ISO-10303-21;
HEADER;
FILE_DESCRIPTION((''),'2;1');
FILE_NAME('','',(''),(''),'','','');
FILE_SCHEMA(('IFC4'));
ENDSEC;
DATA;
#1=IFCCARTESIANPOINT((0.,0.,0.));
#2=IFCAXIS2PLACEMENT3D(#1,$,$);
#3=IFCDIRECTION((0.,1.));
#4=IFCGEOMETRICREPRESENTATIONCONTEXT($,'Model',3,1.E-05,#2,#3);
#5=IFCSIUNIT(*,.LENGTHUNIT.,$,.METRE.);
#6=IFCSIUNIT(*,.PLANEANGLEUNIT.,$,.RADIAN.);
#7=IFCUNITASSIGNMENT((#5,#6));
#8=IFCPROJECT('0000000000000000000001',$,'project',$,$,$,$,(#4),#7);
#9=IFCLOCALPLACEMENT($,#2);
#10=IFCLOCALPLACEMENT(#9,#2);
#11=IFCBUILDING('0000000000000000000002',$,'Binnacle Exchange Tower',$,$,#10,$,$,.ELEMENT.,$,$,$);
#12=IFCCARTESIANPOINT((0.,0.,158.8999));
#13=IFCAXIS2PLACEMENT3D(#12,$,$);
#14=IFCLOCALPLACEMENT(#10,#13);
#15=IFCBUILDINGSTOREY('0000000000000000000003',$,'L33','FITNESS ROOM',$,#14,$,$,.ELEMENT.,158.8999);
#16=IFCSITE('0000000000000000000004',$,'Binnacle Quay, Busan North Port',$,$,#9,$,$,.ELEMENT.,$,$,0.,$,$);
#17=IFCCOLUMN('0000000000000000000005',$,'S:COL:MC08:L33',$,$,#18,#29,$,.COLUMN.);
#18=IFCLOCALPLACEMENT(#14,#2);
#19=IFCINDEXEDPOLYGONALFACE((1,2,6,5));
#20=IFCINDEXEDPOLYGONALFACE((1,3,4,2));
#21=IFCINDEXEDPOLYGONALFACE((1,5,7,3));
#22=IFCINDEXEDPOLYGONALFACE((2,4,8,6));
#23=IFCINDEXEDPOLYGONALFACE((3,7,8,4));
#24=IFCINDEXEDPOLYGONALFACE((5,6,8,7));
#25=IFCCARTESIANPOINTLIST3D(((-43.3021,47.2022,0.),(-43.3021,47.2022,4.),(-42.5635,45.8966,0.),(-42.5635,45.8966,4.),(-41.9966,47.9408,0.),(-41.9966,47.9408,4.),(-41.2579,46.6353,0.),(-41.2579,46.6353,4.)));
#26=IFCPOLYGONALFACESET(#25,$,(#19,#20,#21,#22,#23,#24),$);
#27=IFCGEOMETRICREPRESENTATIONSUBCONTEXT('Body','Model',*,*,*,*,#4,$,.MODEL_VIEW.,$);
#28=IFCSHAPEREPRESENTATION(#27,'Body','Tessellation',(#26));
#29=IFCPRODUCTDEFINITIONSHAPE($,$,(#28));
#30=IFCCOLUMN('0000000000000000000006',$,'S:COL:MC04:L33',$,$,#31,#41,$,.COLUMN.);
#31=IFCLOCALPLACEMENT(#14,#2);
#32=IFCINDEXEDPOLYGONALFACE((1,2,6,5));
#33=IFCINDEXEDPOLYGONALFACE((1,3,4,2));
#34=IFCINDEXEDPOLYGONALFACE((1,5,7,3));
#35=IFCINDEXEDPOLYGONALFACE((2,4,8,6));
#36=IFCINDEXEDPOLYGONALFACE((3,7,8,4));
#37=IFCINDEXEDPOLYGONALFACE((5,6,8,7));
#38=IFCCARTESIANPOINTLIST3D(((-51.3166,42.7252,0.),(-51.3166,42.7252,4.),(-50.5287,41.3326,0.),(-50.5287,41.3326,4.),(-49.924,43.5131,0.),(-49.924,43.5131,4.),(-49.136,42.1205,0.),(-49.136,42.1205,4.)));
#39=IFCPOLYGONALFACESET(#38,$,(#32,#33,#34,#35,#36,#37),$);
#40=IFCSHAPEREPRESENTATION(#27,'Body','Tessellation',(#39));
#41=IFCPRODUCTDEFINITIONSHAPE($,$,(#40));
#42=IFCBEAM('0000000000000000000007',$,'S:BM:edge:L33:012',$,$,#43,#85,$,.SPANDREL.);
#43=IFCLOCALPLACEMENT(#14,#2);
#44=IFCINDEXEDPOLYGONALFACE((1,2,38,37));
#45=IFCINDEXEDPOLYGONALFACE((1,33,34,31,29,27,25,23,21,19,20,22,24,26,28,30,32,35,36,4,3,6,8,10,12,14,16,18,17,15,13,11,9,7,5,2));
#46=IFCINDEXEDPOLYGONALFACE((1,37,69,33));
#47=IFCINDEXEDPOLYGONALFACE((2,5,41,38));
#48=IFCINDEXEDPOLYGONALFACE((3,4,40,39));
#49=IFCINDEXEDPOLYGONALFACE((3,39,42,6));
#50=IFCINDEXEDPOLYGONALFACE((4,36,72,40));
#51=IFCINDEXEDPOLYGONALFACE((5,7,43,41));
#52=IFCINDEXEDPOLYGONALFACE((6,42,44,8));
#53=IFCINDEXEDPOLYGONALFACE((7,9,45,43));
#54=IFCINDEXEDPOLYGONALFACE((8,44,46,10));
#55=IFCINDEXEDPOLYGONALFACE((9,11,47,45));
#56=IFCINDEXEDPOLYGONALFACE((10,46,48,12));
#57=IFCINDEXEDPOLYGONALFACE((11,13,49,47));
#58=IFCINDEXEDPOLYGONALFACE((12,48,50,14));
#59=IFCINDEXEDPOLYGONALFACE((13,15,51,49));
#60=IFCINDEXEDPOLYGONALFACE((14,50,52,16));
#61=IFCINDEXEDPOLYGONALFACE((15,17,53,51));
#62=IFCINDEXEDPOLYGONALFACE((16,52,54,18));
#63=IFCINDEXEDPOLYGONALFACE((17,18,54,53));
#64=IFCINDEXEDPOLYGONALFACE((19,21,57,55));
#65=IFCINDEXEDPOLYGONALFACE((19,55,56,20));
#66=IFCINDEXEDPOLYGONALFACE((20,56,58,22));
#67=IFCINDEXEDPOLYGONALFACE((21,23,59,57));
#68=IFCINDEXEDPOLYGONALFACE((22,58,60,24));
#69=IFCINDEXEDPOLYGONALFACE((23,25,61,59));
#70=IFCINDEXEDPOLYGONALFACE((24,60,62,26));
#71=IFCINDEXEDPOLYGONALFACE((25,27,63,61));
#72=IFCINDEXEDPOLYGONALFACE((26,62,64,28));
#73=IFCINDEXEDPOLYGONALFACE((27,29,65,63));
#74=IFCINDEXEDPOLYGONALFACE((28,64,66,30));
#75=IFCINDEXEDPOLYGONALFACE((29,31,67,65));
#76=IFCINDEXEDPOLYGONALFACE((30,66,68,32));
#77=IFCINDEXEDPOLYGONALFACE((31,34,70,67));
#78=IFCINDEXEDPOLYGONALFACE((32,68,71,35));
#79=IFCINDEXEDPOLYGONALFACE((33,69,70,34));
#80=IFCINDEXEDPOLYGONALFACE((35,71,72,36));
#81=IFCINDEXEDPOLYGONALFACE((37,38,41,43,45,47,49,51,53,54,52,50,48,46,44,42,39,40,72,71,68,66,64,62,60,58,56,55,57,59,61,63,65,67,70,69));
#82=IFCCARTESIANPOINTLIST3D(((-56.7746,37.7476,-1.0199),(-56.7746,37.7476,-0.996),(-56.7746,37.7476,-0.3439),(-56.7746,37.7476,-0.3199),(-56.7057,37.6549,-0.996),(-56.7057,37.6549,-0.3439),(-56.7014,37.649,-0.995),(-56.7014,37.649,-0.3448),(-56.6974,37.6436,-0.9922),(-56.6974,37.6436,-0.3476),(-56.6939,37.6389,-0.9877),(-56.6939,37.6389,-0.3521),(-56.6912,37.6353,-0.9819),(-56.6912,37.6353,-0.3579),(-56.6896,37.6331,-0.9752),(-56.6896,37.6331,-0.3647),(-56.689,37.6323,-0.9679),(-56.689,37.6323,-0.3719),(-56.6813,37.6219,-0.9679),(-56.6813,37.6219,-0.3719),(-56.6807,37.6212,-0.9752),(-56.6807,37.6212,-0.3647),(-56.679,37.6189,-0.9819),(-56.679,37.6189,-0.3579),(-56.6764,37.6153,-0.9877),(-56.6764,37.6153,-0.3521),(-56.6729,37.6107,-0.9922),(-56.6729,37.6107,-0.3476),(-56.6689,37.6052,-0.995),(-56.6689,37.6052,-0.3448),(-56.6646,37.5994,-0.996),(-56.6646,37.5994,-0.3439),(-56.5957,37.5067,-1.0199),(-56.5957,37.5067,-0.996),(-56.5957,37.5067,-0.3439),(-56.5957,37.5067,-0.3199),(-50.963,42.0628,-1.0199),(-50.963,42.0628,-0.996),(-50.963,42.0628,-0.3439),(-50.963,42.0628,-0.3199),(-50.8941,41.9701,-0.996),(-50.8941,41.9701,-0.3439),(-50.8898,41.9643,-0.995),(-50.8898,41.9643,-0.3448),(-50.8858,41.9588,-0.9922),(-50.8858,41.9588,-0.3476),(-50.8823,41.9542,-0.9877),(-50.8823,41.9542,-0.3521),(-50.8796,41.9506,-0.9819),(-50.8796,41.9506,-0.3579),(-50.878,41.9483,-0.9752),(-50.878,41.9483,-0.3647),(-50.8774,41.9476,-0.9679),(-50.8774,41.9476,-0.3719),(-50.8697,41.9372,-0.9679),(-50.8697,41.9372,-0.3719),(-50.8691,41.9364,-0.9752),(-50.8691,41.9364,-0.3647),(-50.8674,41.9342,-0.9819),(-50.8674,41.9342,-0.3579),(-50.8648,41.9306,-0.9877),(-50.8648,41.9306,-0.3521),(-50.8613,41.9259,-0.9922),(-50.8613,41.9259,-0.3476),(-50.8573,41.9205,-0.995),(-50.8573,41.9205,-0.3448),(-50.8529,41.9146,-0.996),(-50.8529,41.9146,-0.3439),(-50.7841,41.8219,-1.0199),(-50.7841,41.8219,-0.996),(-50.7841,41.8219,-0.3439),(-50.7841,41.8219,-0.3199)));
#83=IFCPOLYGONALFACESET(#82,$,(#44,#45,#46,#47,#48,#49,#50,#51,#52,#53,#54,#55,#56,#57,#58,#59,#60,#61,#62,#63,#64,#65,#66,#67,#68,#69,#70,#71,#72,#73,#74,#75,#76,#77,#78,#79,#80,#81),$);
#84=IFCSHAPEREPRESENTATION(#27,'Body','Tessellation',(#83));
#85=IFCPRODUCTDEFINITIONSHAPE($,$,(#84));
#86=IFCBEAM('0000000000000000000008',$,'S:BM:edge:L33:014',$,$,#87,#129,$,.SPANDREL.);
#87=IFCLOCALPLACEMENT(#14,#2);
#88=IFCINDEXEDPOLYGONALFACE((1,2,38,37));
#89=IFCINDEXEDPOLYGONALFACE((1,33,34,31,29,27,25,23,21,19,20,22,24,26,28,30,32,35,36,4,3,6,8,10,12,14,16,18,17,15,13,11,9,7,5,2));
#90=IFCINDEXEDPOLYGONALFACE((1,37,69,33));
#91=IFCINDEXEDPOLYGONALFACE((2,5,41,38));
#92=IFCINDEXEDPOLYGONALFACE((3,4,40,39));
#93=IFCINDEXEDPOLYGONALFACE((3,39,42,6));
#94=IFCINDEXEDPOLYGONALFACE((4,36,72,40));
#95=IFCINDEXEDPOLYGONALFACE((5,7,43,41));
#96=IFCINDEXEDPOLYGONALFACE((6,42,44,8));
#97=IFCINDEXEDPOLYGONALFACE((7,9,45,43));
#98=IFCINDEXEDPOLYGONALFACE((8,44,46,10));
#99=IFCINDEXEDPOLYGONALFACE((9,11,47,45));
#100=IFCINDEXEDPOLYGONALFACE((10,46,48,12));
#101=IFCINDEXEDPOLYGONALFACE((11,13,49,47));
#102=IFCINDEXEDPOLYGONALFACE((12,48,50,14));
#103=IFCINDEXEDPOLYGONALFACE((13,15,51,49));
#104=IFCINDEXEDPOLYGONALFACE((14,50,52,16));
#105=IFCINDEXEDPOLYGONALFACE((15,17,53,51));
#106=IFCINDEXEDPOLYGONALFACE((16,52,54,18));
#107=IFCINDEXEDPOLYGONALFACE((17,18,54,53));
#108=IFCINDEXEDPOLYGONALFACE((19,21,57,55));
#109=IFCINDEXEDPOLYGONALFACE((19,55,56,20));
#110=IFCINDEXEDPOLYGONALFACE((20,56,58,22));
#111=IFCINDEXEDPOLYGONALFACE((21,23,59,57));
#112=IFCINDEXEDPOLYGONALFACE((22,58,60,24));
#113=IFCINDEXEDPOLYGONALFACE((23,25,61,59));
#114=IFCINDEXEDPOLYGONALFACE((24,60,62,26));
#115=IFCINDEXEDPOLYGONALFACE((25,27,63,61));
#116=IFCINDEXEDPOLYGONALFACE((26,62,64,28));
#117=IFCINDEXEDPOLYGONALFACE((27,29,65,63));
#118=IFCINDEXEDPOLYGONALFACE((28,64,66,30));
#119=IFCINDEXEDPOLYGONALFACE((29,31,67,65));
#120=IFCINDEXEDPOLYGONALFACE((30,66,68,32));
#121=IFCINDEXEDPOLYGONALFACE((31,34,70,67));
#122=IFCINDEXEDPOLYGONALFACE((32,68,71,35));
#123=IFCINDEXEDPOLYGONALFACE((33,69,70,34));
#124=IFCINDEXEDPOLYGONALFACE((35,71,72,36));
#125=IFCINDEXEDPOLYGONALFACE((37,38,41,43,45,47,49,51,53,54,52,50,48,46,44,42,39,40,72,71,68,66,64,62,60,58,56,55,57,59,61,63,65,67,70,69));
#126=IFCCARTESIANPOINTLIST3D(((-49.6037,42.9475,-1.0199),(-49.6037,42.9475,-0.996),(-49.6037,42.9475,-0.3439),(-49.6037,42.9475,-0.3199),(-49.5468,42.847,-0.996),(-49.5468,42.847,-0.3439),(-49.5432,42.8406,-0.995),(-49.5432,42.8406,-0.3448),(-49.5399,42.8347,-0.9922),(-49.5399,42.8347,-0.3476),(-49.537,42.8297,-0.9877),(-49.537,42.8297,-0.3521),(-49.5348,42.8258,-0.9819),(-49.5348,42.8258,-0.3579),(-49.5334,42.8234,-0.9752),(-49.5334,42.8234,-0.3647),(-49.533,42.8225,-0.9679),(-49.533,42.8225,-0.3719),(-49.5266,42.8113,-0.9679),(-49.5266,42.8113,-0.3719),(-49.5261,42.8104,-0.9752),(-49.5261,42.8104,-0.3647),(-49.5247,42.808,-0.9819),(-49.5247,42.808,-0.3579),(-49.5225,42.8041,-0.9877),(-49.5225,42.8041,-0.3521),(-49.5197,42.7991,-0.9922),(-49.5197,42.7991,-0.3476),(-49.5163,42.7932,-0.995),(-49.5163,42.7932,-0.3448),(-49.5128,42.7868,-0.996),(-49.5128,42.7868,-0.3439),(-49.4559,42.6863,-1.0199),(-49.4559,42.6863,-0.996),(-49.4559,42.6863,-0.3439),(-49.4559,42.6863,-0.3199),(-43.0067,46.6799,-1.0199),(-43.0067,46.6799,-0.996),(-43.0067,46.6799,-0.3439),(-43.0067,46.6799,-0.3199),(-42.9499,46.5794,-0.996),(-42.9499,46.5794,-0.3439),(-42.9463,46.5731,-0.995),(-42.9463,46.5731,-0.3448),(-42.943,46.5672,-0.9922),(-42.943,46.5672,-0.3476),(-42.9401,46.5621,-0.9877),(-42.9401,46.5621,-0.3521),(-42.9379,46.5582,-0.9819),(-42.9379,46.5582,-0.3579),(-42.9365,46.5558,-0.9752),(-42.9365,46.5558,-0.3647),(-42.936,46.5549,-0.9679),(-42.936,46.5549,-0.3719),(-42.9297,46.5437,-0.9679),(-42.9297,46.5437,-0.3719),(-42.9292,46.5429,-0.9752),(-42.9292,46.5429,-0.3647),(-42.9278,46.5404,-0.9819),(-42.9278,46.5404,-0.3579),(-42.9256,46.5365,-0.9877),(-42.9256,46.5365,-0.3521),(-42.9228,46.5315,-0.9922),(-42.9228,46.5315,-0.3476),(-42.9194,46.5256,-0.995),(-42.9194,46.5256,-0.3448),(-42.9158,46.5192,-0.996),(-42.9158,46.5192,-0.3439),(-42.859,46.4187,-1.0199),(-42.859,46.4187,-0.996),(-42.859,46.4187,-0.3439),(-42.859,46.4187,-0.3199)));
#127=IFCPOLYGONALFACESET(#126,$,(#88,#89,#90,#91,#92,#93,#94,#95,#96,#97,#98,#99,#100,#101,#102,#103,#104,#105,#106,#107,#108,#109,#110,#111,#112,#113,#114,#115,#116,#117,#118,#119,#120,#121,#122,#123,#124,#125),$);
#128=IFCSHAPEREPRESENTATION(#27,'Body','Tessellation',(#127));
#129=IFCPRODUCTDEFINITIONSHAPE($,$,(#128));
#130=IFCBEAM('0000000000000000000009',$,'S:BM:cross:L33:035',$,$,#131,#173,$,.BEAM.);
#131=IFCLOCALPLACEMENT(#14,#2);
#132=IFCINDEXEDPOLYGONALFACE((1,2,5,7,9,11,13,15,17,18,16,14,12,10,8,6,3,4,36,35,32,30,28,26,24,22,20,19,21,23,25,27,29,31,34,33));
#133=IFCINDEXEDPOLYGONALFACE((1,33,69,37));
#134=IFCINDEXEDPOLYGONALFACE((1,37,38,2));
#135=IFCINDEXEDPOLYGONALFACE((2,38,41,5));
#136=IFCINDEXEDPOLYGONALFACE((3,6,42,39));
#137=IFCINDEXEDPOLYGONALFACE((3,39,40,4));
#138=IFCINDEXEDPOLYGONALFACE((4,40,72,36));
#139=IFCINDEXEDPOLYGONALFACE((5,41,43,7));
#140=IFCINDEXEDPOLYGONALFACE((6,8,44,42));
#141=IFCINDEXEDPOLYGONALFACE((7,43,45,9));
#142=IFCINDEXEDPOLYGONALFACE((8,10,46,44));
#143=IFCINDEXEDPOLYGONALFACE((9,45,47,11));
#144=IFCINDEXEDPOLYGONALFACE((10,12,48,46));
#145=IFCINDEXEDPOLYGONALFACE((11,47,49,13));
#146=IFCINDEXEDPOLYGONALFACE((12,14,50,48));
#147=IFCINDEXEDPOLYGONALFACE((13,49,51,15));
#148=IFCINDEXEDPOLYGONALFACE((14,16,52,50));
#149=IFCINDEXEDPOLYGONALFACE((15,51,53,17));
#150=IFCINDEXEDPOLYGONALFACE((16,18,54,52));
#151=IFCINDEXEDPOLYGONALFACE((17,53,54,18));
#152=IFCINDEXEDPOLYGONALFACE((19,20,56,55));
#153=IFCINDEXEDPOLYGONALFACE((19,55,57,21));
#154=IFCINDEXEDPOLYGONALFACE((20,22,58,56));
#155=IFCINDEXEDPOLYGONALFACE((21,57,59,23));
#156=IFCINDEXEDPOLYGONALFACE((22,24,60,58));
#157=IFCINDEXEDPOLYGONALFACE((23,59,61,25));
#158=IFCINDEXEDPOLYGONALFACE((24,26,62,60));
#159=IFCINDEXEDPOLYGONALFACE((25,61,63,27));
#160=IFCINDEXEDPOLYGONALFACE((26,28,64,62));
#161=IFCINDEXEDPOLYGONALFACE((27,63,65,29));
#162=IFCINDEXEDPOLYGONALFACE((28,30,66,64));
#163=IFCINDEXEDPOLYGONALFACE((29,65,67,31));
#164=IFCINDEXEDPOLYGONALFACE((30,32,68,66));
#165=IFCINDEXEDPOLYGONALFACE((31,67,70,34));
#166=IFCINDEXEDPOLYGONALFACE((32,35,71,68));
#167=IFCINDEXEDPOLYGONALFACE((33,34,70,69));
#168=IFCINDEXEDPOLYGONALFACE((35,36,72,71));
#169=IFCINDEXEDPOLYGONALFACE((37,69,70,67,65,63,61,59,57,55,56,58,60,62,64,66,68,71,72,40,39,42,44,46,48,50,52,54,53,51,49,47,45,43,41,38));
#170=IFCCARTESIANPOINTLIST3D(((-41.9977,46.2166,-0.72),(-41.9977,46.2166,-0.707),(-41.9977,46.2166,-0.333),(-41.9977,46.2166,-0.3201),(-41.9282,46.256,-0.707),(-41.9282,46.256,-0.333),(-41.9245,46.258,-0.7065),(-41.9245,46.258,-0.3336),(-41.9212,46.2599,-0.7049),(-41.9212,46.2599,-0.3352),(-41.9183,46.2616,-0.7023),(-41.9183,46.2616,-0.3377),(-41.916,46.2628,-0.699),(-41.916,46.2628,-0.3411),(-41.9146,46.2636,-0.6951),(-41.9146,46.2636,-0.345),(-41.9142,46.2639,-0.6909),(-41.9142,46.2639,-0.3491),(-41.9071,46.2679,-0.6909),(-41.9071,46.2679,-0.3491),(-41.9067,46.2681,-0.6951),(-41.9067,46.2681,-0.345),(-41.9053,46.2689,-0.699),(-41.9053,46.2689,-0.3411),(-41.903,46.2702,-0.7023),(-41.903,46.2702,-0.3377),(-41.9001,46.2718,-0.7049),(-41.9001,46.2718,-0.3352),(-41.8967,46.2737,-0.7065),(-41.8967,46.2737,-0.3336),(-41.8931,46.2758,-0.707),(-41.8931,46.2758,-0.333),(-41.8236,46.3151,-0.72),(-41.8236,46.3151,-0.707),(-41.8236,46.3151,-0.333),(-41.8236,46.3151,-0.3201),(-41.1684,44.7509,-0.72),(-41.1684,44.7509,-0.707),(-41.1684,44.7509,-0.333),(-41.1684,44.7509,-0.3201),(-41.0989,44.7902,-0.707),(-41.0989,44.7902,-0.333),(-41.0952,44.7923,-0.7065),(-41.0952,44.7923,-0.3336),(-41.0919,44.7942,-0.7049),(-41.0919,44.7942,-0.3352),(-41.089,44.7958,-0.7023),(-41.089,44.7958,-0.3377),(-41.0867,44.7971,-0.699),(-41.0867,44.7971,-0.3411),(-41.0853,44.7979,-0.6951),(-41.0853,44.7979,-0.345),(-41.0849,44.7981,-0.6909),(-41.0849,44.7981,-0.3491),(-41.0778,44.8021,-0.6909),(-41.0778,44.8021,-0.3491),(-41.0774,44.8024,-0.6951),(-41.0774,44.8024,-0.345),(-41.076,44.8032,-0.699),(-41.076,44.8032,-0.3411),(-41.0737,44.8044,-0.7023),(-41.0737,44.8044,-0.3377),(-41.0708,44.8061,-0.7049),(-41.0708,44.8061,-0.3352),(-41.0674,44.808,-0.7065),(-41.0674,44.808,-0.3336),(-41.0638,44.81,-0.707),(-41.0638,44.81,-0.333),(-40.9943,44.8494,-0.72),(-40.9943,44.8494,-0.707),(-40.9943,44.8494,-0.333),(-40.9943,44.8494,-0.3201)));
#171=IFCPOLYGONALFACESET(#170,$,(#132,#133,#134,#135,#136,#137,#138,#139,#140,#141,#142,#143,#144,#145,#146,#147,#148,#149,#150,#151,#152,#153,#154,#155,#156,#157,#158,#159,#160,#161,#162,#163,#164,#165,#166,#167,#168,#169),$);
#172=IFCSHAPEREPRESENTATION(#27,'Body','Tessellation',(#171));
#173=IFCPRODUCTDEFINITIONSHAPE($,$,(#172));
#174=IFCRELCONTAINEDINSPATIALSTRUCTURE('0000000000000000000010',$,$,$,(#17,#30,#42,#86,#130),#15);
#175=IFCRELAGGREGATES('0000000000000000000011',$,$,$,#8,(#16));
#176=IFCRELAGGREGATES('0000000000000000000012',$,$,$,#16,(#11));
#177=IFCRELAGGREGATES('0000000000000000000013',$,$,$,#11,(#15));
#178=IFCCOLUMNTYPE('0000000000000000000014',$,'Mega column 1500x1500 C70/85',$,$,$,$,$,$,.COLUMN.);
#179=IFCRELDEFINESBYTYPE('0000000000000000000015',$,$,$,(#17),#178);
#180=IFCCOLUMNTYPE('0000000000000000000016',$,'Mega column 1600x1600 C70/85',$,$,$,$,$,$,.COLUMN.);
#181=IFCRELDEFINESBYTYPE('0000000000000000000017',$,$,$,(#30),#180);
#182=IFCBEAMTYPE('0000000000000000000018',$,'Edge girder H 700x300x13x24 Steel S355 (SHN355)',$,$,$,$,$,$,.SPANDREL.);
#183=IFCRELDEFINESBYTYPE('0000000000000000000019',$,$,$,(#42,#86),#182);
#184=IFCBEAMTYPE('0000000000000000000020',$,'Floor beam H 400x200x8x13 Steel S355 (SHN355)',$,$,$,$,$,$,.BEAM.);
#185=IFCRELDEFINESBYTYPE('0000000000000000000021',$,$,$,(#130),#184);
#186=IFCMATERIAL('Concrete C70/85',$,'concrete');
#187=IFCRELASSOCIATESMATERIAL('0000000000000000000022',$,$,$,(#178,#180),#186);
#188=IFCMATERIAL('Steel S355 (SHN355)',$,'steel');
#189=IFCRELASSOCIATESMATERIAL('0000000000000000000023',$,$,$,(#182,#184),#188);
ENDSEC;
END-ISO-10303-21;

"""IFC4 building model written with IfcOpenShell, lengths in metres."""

from ifc_helpers import new_model, si_unit, direction, frame, origin, origin_2d, place, context, subcontext, project, spatial, rectangle, i_section, extrude, material, material_profile, profile_set, type_object, element, save


model = new_model("IFC4")

# Units and contexts
model_context = context("Model", 3, precision=1e-05, world=origin(), true_north=direction((0.0, 1.0)))
body_context = subcontext(model_context, "Body", "Model", "MODEL_VIEW")
ifc_project = project(units=[si_unit("LENGTHUNIT", "METRE"), si_unit("PLANEANGLEUNIT", "RADIAN")], contexts=[model_context])

# Site, building, storey
site_placement = place(None, origin())
site = spatial("IfcSite", under=ifc_project, at=site_placement, Name="Binnacle Quay, Busan North Port", CompositionType="ELEMENT", RefElevation=0.0)
building_placement = place(site_placement, origin())
building = spatial("IfcBuilding", under=site, at=building_placement, Name="Binnacle Exchange Tower", CompositionType="ELEMENT")
storey_placement = place(building_placement, frame((0.0, 0.0, 158.8999)))
storey = spatial("IfcBuildingStorey", under=building, at=storey_placement, Name="L33", Description="FITNESS ROOM", CompositionType="ELEMENT", Elevation=158.8999)

# Columns
ifc_material_1 = material(Name="Concrete C70/85", Category="concrete")
ifc_material_profile_1 = material_profile(ifc_material_1, rectangle(XDim=1.5, YDim=1.5, at=origin_2d()), Name="Mega column 1500x1500 C70/85")
ifc_profile_set_1 = profile_set([ifc_material_profile_1], Name="Concrete C70/85")
column_type_1 = type_object("IfcColumnType", Name="Mega column 1500x1500 C70/85", PredefinedType="COLUMN", material=ifc_profile_set_1)
column_1_placement = place(storey_placement, frame((-42.28, 46.9187, 0.0), z_axis=(0.0, 0.0, 1.0), x_axis=(-0.870356, -0.492424, 0.0)))
element("IfcColumn", 1, at=column_1_placement, inside=storey, type_object=column_type_1, Name="S:COL:MC08:L33", PredefinedType="COLUMN", context=body_context, shape_type="SweptSolid", body=[
    extrude(rectangle(XDim=1.5, YDim=1.5, at=origin_2d()), origin(), (0.0, 0.0, 1.0), 4.0),
])
ifc_material_profile_2 = material_profile(ifc_material_1, rectangle(XDim=1.6001, YDim=1.6001, at=origin_2d()), Name="Mega column 1600x1600 C70/85")
ifc_profile_set_2 = profile_set([ifc_material_profile_2], Name="Concrete C70/85")
column_type_2 = type_object("IfcColumnType", Name="Mega column 1600x1600 C70/85", PredefinedType="COLUMN", material=ifc_profile_set_2)
column_2_placement = place(storey_placement, frame((-50.2263, 42.4229, 0.0), z_axis=(0.0, 0.0, 1.0), x_axis=(-0.870356, -0.492424, 0.0)))
element("IfcColumn", 2, at=column_2_placement, inside=storey, type_object=column_type_2, Name="S:COL:MC04:L33", PredefinedType="COLUMN", context=body_context, shape_type="SweptSolid", body=[
    extrude(rectangle(XDim=1.6001, YDim=1.6001, at=origin_2d()), origin(), (0.0, 0.0, 1.0), 4.0),
])

# Beams
ifc_material_2 = material(Name="Steel S355 (SHN355)", Category="steel")
ifc_material_profile_3 = material_profile(ifc_material_2, i_section(OverallWidth=0.3, OverallDepth=0.7, WebThickness=0.0129, FlangeThickness=0.0239, FilletRadius=0.0281, at=origin_2d()), Name="H 700x300x13x24")
ifc_profile_set_3 = profile_set([ifc_material_profile_3], Name="Steel S355 (SHN355)")
beam_type_1 = type_object("IfcBeamType", Name="Edge girder H 700x300x13x24 Steel S355 (SHN355)", PredefinedType="SPANDREL", material=ifc_profile_set_3)
beam_1_placement = place(storey_placement, frame((-50.8735, 41.9424, -0.6699), z_axis=(-0.802873, -0.596151, 0.0), x_axis=(0.596151, -0.802873, 0.0)))
element("IfcBeam", 3, at=beam_1_placement, inside=storey, type_object=beam_type_1, Name="S:BM:edge:L33:012", PredefinedType="SPANDREL", context=body_context, shape_type="SweptSolid", body=[
    extrude(i_section(OverallWidth=0.3, OverallDepth=0.7, WebThickness=0.0129, FlangeThickness=0.0239, FilletRadius=0.0281, at=origin_2d()), origin(), (0.0, 0.0, 1.0), 7.2385),
])
beam_2_placement = place(storey_placement, frame((-42.9329, 46.5493, -0.6699), z_axis=(-0.870352, -0.49243, 0.0), x_axis=(0.49243, -0.870352, 0.0)))
element("IfcBeam", 4, at=beam_2_placement, inside=storey, type_object=beam_type_1, Name="S:BM:edge:L33:014", PredefinedType="SPANDREL", context=body_context, shape_type="SweptSolid", body=[
    extrude(i_section(OverallWidth=0.3, OverallDepth=0.7, WebThickness=0.0129, FlangeThickness=0.0239, FilletRadius=0.0281, at=origin_2d()), origin(), (0.0, 0.0, 1.0), 7.5796),
])
ifc_material_profile_4 = material_profile(ifc_material_2, i_section(OverallWidth=0.2, OverallDepth=0.3999, WebThickness=0.0081, FlangeThickness=0.0129, FilletRadius=0.0161, at=origin_2d()), Name="H 400x200x8x13")
ifc_profile_set_4 = profile_set([ifc_material_profile_4], Name="Steel S355 (SHN355)")
beam_type_2 = type_object("IfcBeamType", Name="Floor beam H 400x200x8x13 Steel S355 (SHN355)", PredefinedType="BEAM", material=ifc_profile_set_4)
beam_3_placement = place(storey_placement, frame((-41.9106, 46.2659, -0.52), z_axis=(0.492435, -0.870349, 0.0), x_axis=(0.870349, 0.492435, 0.0)))
element("IfcBeam", 5, at=beam_3_placement, inside=storey, type_object=beam_type_2, Name="S:BM:cross:L33:035", PredefinedType="BEAM", context=body_context, shape_type="SweptSolid", body=[
    extrude(i_section(OverallWidth=0.2, OverallDepth=0.3999, WebThickness=0.0081, FlangeThickness=0.0129, FilletRadius=0.0161, at=origin_2d()), origin(), (0.0, 0.0, 1.0), 1.6841),
])

save(model, "model.ifc")
